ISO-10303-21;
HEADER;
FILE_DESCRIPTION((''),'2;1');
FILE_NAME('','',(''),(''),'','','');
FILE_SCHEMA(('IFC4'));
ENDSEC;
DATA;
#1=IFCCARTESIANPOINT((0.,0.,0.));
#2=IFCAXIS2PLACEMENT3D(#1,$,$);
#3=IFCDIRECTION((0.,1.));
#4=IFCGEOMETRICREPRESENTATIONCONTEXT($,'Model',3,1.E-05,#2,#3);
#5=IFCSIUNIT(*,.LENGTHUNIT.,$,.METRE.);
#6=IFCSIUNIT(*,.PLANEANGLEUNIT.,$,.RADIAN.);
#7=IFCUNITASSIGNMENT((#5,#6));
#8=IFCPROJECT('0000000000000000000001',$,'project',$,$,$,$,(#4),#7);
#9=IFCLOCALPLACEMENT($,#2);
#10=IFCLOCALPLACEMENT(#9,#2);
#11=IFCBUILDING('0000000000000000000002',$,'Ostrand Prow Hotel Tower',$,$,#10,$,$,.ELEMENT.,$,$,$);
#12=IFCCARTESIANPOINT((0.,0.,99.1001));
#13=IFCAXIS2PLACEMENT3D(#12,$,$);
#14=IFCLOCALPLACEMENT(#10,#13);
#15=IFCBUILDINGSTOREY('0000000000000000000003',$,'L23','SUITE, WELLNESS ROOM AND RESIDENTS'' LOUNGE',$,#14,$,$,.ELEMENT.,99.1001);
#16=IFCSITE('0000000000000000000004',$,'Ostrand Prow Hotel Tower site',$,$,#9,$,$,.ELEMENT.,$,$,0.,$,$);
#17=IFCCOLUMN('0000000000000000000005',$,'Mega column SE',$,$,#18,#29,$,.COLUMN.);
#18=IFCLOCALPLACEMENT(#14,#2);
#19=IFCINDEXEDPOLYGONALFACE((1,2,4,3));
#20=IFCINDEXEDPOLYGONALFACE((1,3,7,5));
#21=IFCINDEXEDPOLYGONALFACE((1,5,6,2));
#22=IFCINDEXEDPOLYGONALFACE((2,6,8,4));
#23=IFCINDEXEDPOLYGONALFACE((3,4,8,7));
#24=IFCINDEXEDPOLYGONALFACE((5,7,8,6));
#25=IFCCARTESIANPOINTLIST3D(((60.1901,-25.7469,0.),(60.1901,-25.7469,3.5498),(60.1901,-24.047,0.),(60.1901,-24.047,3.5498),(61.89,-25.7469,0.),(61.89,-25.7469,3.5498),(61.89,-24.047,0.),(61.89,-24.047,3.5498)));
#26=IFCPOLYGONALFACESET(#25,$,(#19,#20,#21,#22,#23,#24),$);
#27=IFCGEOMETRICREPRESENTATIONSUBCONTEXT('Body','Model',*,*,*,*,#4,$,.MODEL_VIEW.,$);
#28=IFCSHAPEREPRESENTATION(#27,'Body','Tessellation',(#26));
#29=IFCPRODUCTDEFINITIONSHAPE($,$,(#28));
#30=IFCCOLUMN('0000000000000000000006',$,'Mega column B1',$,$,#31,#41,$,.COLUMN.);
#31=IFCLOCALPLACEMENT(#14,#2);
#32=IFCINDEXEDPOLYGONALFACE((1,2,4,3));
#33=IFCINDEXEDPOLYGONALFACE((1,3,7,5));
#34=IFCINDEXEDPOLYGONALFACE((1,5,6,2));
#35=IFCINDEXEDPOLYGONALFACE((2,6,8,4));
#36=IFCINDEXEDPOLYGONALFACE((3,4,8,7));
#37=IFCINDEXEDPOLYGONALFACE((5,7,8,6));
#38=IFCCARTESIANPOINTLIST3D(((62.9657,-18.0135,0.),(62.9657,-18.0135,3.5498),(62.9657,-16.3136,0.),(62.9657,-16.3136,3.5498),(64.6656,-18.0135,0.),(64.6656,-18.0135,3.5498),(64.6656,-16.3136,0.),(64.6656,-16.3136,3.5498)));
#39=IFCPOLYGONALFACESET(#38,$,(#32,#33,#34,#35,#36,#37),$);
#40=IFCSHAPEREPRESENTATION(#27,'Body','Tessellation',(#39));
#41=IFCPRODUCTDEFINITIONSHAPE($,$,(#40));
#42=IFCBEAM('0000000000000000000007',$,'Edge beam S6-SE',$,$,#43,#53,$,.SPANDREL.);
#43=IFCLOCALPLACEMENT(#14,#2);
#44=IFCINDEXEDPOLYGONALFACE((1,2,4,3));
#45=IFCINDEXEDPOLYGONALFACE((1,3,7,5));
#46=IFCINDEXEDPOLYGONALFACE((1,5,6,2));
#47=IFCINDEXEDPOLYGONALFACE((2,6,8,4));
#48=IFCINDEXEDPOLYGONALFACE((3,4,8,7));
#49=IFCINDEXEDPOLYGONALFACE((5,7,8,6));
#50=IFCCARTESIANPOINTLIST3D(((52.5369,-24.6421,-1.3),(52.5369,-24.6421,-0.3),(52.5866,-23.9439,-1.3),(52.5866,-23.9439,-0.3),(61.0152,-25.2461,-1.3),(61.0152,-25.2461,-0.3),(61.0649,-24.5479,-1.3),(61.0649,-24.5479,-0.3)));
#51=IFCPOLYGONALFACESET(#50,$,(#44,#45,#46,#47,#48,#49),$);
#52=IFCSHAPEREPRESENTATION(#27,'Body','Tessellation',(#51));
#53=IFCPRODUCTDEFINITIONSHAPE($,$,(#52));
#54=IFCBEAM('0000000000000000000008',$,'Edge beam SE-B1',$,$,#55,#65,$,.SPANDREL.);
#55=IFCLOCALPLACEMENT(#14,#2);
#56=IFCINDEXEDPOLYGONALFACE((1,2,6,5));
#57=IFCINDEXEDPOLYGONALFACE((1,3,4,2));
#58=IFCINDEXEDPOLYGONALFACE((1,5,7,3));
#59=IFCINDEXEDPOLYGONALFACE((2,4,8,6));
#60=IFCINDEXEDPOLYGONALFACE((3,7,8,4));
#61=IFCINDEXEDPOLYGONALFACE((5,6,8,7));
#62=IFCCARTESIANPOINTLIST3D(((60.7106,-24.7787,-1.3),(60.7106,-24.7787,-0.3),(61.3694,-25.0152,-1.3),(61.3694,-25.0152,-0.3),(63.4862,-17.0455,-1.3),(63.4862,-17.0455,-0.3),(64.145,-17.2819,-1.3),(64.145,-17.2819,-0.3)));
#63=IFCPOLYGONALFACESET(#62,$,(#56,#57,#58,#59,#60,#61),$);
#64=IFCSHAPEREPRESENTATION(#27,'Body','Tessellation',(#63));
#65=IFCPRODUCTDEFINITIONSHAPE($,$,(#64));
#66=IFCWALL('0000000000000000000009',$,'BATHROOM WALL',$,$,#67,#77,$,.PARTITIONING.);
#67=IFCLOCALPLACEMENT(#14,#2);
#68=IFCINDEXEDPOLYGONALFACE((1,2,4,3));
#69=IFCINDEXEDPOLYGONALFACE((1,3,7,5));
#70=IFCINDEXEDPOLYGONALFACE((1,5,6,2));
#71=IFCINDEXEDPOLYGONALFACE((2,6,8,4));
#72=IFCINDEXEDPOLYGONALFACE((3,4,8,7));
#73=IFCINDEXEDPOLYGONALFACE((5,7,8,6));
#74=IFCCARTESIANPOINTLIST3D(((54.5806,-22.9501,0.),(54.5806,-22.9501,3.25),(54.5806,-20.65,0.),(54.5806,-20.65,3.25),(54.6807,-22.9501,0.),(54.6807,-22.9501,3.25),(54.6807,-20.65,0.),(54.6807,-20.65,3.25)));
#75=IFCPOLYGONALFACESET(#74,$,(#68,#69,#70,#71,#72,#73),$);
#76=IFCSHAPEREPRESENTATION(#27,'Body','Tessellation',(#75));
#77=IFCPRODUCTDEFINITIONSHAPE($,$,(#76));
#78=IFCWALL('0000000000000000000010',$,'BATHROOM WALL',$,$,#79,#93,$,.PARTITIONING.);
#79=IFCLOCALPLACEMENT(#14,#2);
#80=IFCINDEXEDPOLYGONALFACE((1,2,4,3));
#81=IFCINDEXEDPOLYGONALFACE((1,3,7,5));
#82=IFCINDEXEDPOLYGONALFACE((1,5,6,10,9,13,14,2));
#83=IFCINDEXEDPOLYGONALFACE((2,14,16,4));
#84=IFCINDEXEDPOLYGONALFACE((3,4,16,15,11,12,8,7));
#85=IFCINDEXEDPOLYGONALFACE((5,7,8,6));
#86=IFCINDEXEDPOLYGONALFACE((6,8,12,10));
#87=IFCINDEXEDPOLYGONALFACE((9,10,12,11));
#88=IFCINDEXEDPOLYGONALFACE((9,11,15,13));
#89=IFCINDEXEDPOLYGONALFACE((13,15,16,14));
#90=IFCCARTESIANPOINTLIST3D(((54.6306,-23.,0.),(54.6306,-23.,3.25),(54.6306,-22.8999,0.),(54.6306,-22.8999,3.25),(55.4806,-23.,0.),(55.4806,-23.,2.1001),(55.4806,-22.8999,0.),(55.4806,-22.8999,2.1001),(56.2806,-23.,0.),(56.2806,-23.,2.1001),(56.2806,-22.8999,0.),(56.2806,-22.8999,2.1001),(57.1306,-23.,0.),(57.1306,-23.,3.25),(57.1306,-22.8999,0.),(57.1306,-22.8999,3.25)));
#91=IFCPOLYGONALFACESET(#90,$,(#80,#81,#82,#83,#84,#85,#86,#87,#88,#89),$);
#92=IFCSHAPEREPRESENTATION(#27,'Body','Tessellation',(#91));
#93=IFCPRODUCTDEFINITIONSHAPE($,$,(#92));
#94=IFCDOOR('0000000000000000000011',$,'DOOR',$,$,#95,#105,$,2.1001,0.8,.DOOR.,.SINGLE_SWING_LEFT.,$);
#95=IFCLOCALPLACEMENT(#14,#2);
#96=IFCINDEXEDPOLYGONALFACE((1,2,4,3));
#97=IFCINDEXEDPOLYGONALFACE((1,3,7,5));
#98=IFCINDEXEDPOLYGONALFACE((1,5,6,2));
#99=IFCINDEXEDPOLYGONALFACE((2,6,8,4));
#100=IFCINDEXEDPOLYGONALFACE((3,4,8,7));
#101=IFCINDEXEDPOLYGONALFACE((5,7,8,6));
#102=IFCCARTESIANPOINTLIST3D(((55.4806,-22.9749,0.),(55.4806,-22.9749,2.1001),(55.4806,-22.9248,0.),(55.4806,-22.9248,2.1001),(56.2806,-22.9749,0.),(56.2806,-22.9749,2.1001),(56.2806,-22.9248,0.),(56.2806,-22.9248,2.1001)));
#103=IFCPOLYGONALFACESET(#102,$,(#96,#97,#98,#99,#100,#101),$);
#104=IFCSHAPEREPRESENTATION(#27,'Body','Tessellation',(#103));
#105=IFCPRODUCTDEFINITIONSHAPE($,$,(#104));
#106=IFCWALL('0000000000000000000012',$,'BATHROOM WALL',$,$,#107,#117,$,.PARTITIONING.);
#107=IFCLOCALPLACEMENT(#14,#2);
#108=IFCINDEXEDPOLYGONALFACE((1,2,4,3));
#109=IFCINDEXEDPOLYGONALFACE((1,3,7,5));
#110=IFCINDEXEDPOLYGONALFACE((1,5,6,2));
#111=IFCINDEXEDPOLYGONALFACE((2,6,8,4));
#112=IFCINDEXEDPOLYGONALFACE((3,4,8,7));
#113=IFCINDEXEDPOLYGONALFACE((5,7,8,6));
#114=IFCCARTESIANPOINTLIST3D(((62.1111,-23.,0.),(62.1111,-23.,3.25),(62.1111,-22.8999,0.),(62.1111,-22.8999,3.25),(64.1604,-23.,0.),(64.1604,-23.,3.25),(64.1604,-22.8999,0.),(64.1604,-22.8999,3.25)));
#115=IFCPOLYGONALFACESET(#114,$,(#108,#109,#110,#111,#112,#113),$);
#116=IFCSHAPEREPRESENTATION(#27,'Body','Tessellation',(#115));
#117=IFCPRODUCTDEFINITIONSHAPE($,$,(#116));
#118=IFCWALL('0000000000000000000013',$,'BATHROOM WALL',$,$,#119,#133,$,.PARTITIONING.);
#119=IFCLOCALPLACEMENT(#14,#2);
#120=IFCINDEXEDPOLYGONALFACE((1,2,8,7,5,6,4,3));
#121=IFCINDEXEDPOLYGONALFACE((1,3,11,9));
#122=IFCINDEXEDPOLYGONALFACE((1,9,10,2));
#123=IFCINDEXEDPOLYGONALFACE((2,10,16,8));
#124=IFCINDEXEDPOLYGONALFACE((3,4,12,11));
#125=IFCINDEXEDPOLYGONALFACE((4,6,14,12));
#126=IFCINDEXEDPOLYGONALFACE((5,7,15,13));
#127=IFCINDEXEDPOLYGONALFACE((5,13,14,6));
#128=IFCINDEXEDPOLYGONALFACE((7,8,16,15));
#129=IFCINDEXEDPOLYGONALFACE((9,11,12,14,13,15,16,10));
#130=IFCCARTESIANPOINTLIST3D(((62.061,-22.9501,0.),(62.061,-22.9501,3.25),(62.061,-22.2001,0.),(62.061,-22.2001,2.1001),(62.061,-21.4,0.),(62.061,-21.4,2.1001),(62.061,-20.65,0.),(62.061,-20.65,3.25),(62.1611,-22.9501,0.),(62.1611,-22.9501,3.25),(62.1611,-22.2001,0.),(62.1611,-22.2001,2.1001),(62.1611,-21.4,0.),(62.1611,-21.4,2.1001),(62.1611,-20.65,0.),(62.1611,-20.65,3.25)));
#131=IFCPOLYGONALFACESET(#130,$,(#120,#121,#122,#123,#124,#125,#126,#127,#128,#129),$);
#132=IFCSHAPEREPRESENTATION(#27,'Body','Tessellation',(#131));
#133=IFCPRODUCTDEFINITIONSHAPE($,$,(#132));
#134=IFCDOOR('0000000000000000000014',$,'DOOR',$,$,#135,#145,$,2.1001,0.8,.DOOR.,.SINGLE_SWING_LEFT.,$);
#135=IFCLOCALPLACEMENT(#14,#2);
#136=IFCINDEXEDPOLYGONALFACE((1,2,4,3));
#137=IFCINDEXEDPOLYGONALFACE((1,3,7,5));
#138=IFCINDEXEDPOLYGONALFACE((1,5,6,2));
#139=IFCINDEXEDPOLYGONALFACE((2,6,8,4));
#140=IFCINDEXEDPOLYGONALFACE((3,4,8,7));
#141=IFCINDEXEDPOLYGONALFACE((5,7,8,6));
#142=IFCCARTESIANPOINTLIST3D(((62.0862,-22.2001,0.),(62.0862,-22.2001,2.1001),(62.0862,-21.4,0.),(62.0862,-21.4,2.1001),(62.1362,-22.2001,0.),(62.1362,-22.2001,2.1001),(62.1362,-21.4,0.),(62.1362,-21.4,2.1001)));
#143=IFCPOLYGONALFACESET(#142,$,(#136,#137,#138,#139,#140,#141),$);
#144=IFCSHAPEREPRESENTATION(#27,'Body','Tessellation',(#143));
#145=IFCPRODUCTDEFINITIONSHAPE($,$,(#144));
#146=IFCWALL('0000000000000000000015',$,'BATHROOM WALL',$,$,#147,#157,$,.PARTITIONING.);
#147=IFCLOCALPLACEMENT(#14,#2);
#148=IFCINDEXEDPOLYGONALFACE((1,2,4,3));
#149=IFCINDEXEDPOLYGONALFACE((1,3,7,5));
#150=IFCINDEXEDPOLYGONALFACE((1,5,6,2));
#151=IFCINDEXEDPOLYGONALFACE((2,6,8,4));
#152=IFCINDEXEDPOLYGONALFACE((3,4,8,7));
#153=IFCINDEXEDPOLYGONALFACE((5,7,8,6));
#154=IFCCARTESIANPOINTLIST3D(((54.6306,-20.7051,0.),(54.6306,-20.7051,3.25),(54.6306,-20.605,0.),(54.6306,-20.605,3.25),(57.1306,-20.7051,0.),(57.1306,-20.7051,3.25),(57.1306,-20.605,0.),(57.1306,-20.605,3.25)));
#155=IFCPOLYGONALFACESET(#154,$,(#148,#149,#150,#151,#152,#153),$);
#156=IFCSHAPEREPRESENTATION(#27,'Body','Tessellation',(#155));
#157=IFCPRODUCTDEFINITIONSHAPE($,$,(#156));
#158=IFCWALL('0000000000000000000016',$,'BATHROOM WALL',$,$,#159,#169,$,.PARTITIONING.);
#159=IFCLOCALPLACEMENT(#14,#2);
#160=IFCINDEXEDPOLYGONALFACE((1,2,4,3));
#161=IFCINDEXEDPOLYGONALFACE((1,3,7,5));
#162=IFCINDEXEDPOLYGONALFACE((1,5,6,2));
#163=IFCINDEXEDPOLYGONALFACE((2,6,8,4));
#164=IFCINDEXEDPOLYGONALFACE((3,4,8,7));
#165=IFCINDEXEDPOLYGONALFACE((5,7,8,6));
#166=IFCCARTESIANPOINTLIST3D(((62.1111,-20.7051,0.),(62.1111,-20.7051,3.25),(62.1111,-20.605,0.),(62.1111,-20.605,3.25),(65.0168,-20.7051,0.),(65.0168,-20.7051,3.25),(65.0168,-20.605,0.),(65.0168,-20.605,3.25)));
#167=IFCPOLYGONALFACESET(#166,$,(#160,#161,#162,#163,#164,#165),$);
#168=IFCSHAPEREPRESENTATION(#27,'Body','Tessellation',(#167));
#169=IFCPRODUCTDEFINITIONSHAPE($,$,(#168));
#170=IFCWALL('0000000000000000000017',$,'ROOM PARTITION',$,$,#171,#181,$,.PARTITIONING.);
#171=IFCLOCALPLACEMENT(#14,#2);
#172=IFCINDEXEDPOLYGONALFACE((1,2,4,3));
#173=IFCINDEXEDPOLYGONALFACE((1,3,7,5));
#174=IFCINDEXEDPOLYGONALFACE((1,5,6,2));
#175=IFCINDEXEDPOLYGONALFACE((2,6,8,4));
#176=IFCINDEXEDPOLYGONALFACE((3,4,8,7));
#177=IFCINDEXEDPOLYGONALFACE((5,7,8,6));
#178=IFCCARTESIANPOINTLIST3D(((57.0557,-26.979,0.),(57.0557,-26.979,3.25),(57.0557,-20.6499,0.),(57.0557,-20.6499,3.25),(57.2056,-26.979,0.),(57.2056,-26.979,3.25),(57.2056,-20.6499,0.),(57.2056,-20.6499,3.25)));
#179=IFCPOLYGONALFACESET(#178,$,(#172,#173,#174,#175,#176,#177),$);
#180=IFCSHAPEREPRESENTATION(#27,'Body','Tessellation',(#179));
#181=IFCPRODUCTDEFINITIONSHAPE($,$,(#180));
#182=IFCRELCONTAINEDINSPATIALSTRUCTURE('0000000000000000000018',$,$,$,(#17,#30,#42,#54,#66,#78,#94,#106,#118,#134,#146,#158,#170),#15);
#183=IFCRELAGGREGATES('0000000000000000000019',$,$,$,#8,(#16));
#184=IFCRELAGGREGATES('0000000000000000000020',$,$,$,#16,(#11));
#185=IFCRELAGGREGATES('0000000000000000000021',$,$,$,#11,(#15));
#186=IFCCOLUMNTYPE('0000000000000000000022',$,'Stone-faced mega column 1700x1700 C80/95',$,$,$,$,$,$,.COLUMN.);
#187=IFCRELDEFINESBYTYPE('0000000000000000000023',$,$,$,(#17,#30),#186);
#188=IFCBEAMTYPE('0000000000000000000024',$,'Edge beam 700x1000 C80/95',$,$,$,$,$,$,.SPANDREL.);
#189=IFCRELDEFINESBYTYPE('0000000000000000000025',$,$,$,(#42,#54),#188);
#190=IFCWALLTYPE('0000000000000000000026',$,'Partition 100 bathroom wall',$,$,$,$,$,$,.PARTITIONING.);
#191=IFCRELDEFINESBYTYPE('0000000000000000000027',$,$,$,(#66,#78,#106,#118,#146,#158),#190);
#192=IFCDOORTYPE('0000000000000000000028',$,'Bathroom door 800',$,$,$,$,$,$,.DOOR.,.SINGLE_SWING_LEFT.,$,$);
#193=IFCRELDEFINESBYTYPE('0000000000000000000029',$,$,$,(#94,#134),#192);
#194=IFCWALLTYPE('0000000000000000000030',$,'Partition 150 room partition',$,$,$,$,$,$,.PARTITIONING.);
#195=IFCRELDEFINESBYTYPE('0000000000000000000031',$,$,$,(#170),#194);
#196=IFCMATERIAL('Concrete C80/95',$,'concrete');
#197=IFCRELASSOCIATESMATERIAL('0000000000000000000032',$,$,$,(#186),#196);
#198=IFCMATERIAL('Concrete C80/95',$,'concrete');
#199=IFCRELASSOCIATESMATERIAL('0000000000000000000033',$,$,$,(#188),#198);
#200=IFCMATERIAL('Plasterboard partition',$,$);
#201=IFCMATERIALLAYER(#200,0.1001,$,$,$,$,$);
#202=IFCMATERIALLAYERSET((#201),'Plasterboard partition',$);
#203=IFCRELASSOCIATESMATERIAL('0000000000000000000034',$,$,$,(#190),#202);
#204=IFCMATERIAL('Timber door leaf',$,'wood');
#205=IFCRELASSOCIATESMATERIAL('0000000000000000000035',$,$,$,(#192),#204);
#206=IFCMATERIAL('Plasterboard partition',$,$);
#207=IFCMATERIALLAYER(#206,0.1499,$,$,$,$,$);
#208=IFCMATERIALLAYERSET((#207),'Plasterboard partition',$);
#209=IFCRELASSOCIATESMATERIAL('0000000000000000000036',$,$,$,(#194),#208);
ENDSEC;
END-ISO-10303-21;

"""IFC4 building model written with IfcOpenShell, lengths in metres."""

from ifc_helpers import new_model, si_unit, direction, frame, frame_2d, origin, origin_2d, place, context, subcontext, project, spatial, rectangle, extrude, material, layer, layer_set, material_profile, profile_set, type_object, element, fill, save


model = new_model("IFC4")

# Units and contexts
model_context = context("Model", 3, precision=1e-05, world=origin(), true_north=direction((0.0, 1.0)))
body_context = subcontext(model_context, "Body", "Model", "MODEL_VIEW")
ifc_project = project(units=[si_unit("LENGTHUNIT", "METRE"), si_unit("PLANEANGLEUNIT", "RADIAN")], contexts=[model_context])

# Site, building, storey
site_placement = place(None, origin())
site = spatial("IfcSite", under=ifc_project, at=site_placement, Name="Ostrand Prow Hotel Tower site", CompositionType="ELEMENT", RefElevation=0.0)
building_placement = place(site_placement, origin())
building = spatial("IfcBuilding", under=site, at=building_placement, Name="Ostrand Prow Hotel Tower", CompositionType="ELEMENT")
storey_placement = place(building_placement, frame((0.0, 0.0, 99.1001)))
storey = spatial("IfcBuildingStorey", under=building, at=storey_placement, Name="L23", Description="SUITE, WELLNESS ROOM AND RESIDENTS' LOUNGE", CompositionType="ELEMENT", Elevation=99.1001)

# Columns
ifc_material_1 = material(Name="Concrete C80/95", Category="concrete")
ifc_material_profile_1 = material_profile(ifc_material_1, rectangle(XDim=1.7, YDim=1.7, at=origin_2d()), Name="RC 1700x1700")
ifc_profile_set_1 = profile_set([ifc_material_profile_1], Name="Concrete C80/95")
column_type = type_object("IfcColumnType", Name="Stone-faced mega column 1700x1700 C80/95", PredefinedType="COLUMN", material=ifc_profile_set_1)
for number, where, z_axis, x_axis, name in (
    (1, (61.04, -24.897, 0.0), (0.0, 0.0, 1.0), (1.0, 0.0, 0.0), "Mega column SE"),
    (2, (63.8157, -17.1636, 0.0), (0.0, 0.0, 1.0), (1.0, 0.0, 0.0), "Mega column B1"),
):
    element("IfcColumn", number, at=place(storey_placement, frame(where, z_axis=z_axis, x_axis=x_axis)), inside=storey, type_object=column_type, Name=name, PredefinedType="COLUMN", context=body_context, shape_type="SweptSolid", body=[
        extrude(rectangle(XDim=1.7, YDim=1.7, at=origin_2d()), origin(), (0.0, 0.0, 1.0), 3.5498),
    ])

# Beams
ifc_material_2 = material(Name="Concrete C80/95", Category="concrete")
ifc_material_profile_2 = material_profile(ifc_material_2, rectangle(XDim=0.7, YDim=1.0, at=origin_2d()), Name="RC 700x1000")
ifc_profile_set_2 = profile_set([ifc_material_profile_2], Name="Concrete C80/95")
beam_type = type_object("IfcBeamType", Name="Edge beam 700x1000 C80/95", PredefinedType="SPANDREL", material=ifc_profile_set_2)
beam_1_placement = place(storey_placement, frame((52.5618, -24.293, -0.8), z_axis=(0.997472, -0.071061, 0.0), x_axis=(0.071061, 0.997472, 0.0)))
element("IfcBeam", 3, at=beam_1_placement, inside=storey, type_object=beam_type, Name="Edge beam S6-SE", PredefinedType="SPANDREL", context=body_context, shape_type="SweptSolid", body=[
    extrude(rectangle(XDim=0.7, YDim=1.0, at=origin_2d()), origin(), (0.0, 0.0, 1.0), 8.4998),
])
beam_2_placement = place(storey_placement, frame((61.04, -24.897, -0.8), z_axis=(0.337815, 0.941212, 0.0), x_axis=(-0.941212, 0.337815, 0.0)))
element("IfcBeam", 4, at=beam_2_placement, inside=storey, type_object=beam_type, Name="Edge beam SE-B1", PredefinedType="SPANDREL", context=body_context, shape_type="SweptSolid", body=[
    extrude(rectangle(XDim=0.7, YDim=1.0, at=origin_2d()), origin(), (0.0, 0.0, 1.0), 8.2163),
])

# Wall
ifc_material_3 = material(Name="Plasterboard partition")
ifc_layer_1 = layer(ifc_material_3, 0.1001)
ifc_layer_set_1 = layer_set([ifc_layer_1], Name="Plasterboard partition")
wall_type_1 = type_object("IfcWallType", Name="Partition 100 bathroom wall", PredefinedType="PARTITIONING", material=ifc_layer_set_1)
wall_1_placement = place(storey_placement, frame((54.6306, -22.95, 0.0), z_axis=(0.0, 0.0, 1.0), x_axis=(0.0, 1.0, 0.0)))
element("IfcWall", 5, at=wall_1_placement, inside=storey, type_object=wall_type_1, Name="BATHROOM WALL", PredefinedType="PARTITIONING", context=body_context, shape_type="SweptSolid", body=[
    extrude(rectangle(XDim=2.3, YDim=0.1001, at=frame_2d((1.1499, 0.0))), origin(), (0.0, 0.0, 1.0), 3.25),
])

# Wall, opening, door
wall_2_placement = place(storey_placement, frame((57.1306, -22.95, 0.0), z_axis=(0.0, 0.0, 1.0), x_axis=(-1.0, 0.0, 0.0)))
wall_2 = element("IfcWall", 6, at=wall_2_placement, inside=storey, type_object=wall_type_1, Name="BATHROOM WALL", PredefinedType="PARTITIONING", context=body_context, shape_type="SweptSolid", body=[
    extrude(rectangle(XDim=2.5, YDim=0.1001, at=frame_2d((1.25, 0.0))), origin(), (0.0, 0.0, 1.0), 3.25),
])
opening_1_placement = place(wall_2_placement, frame((0.8501, 0.0, 0.0)))
opening_1 = element("IfcOpeningElement", 7, at=opening_1_placement, cuts=wall_2, PredefinedType="OPENING", context=body_context, shape_type="SweptSolid", body=[
    extrude(rectangle(XDim=0.8, YDim=2.1001, at=frame_2d((0.3999, 1.05))), frame((0.0, 0.0601, 0.0), z_axis=(0.0, -1.0, 0.0), x_axis=(1.0, 0.0, 0.0)), (0.0, 0.0, 1.0), 0.1201),
])
ifc_material_4 = material(Name="Timber door leaf", Category="wood")
door_type_1 = type_object("IfcDoorType", Name="Bathroom door 800", OperationType="SINGLE_SWING_LEFT", PredefinedType="DOOR", material=ifc_material_4)
door_1_placement = place(opening_1_placement, origin())
door_1 = element("IfcDoor", 8, at=door_1_placement, inside=storey, type_object=door_type_1, Name="DOOR", OperationType="SINGLE_SWING_LEFT", OverallHeight=2.1001, OverallWidth=0.8, PredefinedType="DOOR", context=body_context, shape_type="SweptSolid", body=[
    extrude(rectangle(XDim=0.8, YDim=2.1001, at=frame_2d((0.3999, 1.05))), frame((0.0, 0.0249, 0.0), z_axis=(0.0, -1.0, 0.0), x_axis=(1.0, 0.0, 0.0)), (0.0, 0.0, 1.0), 0.05),
])
fill(opening_1, door_1)

# Wall
wall_3_placement = place(storey_placement, frame((64.1604, -22.95, 0.0), z_axis=(0.0, 0.0, 1.0), x_axis=(-1.0, 0.0, 0.0)))
element("IfcWall", 9, at=wall_3_placement, inside=storey, type_object=wall_type_1, Name="BATHROOM WALL", PredefinedType="PARTITIONING", context=body_context, shape_type="SweptSolid", body=[
    extrude(rectangle(XDim=2.0493, YDim=0.1001, at=frame_2d((1.0247, 0.0))), origin(), (0.0, 0.0, 1.0), 3.25),
])

# Wall, opening, door
wall_4_placement = place(storey_placement, frame((62.1111, -22.95, 0.0), z_axis=(0.0, 0.0, 1.0), x_axis=(0.0, 1.0, 0.0)))
wall_4 = element("IfcWall", 10, at=wall_4_placement, inside=storey, type_object=wall_type_1, Name="BATHROOM WALL", PredefinedType="PARTITIONING", context=body_context, shape_type="SweptSolid", body=[
    extrude(rectangle(XDim=2.3, YDim=0.1001, at=frame_2d((1.1499, 0.0))), origin(), (0.0, 0.0, 1.0), 3.25),
])
opening_2_placement = place(wall_4_placement, frame((0.75, 0.0, 0.0)))
opening_2 = element("IfcOpeningElement", 11, at=opening_2_placement, cuts=wall_4, PredefinedType="OPENING", context=body_context, shape_type="SweptSolid", body=[
    extrude(rectangle(XDim=0.8, YDim=2.1001, at=frame_2d((0.3999, 1.05))), frame((0.0, 0.0601, 0.0), z_axis=(0.0, -1.0, 0.0), x_axis=(1.0, 0.0, 0.0)), (0.0, 0.0, 1.0), 0.1201),
])
door_2_placement = place(opening_2_placement, origin())
door_2 = element("IfcDoor", 12, at=door_2_placement, inside=storey, type_object=door_type_1, Name="DOOR", OperationType="SINGLE_SWING_LEFT", OverallHeight=2.1001, OverallWidth=0.8, PredefinedType="DOOR", context=body_context, shape_type="SweptSolid", body=[
    extrude(rectangle(XDim=0.8, YDim=2.1001, at=frame_2d((0.3999, 1.05))), frame((0.0, 0.0249, 0.0), z_axis=(0.0, -1.0, 0.0), x_axis=(1.0, 0.0, 0.0)), (0.0, 0.0, 1.0), 0.05),
])
fill(opening_2, door_2)

# Walls
wall_5_placement = place(storey_placement, frame((54.6306, -20.655, 0.0), z_axis=(0.0, 0.0, 1.0), x_axis=(1.0, 0.0, 0.0)))
element("IfcWall", 13, at=wall_5_placement, inside=storey, type_object=wall_type_1, Name="BATHROOM WALL", PredefinedType="PARTITIONING", context=body_context, shape_type="SweptSolid", body=[
    extrude(rectangle(XDim=2.5, YDim=0.1001, at=frame_2d((1.25, 0.0))), origin(), (0.0, 0.0, 1.0), 3.25),
])
wall_6_placement = place(storey_placement, frame((62.1111, -20.655, 0.0), z_axis=(0.0, 0.0, 1.0), x_axis=(1.0, 0.0, 0.0)))
element("IfcWall", 14, at=wall_6_placement, inside=storey, type_object=wall_type_1, Name="BATHROOM WALL", PredefinedType="PARTITIONING", context=body_context, shape_type="SweptSolid", body=[
    extrude(rectangle(XDim=2.9058, YDim=0.1001, at=frame_2d((1.4529, 0.0))), origin(), (0.0, 0.0, 1.0), 3.25),
])
ifc_material_5 = material(Name="Plasterboard partition")
ifc_layer_2 = layer(ifc_material_5, 0.1499)
ifc_layer_set_2 = layer_set([ifc_layer_2], Name="Plasterboard partition")
wall_type_2 = type_object("IfcWallType", Name="Partition 150 room partition", PredefinedType="PARTITIONING", material=ifc_layer_set_2)
wall_7_placement = place(storey_placement, frame((57.1306, -26.979, 0.0), z_axis=(0.0, 0.0, 1.0), x_axis=(0.0, 1.0, 0.0)))
element("IfcWall", 15, at=wall_7_placement, inside=storey, type_object=wall_type_2, Name="ROOM PARTITION", PredefinedType="PARTITIONING", context=body_context, shape_type="SweptSolid", body=[
    extrude(rectangle(XDim=6.3291, YDim=0.1499, at=frame_2d((3.1646, 0.0))), origin(), (0.0, 0.0, 1.0), 3.25),
])

save(model, "model.ifc")
